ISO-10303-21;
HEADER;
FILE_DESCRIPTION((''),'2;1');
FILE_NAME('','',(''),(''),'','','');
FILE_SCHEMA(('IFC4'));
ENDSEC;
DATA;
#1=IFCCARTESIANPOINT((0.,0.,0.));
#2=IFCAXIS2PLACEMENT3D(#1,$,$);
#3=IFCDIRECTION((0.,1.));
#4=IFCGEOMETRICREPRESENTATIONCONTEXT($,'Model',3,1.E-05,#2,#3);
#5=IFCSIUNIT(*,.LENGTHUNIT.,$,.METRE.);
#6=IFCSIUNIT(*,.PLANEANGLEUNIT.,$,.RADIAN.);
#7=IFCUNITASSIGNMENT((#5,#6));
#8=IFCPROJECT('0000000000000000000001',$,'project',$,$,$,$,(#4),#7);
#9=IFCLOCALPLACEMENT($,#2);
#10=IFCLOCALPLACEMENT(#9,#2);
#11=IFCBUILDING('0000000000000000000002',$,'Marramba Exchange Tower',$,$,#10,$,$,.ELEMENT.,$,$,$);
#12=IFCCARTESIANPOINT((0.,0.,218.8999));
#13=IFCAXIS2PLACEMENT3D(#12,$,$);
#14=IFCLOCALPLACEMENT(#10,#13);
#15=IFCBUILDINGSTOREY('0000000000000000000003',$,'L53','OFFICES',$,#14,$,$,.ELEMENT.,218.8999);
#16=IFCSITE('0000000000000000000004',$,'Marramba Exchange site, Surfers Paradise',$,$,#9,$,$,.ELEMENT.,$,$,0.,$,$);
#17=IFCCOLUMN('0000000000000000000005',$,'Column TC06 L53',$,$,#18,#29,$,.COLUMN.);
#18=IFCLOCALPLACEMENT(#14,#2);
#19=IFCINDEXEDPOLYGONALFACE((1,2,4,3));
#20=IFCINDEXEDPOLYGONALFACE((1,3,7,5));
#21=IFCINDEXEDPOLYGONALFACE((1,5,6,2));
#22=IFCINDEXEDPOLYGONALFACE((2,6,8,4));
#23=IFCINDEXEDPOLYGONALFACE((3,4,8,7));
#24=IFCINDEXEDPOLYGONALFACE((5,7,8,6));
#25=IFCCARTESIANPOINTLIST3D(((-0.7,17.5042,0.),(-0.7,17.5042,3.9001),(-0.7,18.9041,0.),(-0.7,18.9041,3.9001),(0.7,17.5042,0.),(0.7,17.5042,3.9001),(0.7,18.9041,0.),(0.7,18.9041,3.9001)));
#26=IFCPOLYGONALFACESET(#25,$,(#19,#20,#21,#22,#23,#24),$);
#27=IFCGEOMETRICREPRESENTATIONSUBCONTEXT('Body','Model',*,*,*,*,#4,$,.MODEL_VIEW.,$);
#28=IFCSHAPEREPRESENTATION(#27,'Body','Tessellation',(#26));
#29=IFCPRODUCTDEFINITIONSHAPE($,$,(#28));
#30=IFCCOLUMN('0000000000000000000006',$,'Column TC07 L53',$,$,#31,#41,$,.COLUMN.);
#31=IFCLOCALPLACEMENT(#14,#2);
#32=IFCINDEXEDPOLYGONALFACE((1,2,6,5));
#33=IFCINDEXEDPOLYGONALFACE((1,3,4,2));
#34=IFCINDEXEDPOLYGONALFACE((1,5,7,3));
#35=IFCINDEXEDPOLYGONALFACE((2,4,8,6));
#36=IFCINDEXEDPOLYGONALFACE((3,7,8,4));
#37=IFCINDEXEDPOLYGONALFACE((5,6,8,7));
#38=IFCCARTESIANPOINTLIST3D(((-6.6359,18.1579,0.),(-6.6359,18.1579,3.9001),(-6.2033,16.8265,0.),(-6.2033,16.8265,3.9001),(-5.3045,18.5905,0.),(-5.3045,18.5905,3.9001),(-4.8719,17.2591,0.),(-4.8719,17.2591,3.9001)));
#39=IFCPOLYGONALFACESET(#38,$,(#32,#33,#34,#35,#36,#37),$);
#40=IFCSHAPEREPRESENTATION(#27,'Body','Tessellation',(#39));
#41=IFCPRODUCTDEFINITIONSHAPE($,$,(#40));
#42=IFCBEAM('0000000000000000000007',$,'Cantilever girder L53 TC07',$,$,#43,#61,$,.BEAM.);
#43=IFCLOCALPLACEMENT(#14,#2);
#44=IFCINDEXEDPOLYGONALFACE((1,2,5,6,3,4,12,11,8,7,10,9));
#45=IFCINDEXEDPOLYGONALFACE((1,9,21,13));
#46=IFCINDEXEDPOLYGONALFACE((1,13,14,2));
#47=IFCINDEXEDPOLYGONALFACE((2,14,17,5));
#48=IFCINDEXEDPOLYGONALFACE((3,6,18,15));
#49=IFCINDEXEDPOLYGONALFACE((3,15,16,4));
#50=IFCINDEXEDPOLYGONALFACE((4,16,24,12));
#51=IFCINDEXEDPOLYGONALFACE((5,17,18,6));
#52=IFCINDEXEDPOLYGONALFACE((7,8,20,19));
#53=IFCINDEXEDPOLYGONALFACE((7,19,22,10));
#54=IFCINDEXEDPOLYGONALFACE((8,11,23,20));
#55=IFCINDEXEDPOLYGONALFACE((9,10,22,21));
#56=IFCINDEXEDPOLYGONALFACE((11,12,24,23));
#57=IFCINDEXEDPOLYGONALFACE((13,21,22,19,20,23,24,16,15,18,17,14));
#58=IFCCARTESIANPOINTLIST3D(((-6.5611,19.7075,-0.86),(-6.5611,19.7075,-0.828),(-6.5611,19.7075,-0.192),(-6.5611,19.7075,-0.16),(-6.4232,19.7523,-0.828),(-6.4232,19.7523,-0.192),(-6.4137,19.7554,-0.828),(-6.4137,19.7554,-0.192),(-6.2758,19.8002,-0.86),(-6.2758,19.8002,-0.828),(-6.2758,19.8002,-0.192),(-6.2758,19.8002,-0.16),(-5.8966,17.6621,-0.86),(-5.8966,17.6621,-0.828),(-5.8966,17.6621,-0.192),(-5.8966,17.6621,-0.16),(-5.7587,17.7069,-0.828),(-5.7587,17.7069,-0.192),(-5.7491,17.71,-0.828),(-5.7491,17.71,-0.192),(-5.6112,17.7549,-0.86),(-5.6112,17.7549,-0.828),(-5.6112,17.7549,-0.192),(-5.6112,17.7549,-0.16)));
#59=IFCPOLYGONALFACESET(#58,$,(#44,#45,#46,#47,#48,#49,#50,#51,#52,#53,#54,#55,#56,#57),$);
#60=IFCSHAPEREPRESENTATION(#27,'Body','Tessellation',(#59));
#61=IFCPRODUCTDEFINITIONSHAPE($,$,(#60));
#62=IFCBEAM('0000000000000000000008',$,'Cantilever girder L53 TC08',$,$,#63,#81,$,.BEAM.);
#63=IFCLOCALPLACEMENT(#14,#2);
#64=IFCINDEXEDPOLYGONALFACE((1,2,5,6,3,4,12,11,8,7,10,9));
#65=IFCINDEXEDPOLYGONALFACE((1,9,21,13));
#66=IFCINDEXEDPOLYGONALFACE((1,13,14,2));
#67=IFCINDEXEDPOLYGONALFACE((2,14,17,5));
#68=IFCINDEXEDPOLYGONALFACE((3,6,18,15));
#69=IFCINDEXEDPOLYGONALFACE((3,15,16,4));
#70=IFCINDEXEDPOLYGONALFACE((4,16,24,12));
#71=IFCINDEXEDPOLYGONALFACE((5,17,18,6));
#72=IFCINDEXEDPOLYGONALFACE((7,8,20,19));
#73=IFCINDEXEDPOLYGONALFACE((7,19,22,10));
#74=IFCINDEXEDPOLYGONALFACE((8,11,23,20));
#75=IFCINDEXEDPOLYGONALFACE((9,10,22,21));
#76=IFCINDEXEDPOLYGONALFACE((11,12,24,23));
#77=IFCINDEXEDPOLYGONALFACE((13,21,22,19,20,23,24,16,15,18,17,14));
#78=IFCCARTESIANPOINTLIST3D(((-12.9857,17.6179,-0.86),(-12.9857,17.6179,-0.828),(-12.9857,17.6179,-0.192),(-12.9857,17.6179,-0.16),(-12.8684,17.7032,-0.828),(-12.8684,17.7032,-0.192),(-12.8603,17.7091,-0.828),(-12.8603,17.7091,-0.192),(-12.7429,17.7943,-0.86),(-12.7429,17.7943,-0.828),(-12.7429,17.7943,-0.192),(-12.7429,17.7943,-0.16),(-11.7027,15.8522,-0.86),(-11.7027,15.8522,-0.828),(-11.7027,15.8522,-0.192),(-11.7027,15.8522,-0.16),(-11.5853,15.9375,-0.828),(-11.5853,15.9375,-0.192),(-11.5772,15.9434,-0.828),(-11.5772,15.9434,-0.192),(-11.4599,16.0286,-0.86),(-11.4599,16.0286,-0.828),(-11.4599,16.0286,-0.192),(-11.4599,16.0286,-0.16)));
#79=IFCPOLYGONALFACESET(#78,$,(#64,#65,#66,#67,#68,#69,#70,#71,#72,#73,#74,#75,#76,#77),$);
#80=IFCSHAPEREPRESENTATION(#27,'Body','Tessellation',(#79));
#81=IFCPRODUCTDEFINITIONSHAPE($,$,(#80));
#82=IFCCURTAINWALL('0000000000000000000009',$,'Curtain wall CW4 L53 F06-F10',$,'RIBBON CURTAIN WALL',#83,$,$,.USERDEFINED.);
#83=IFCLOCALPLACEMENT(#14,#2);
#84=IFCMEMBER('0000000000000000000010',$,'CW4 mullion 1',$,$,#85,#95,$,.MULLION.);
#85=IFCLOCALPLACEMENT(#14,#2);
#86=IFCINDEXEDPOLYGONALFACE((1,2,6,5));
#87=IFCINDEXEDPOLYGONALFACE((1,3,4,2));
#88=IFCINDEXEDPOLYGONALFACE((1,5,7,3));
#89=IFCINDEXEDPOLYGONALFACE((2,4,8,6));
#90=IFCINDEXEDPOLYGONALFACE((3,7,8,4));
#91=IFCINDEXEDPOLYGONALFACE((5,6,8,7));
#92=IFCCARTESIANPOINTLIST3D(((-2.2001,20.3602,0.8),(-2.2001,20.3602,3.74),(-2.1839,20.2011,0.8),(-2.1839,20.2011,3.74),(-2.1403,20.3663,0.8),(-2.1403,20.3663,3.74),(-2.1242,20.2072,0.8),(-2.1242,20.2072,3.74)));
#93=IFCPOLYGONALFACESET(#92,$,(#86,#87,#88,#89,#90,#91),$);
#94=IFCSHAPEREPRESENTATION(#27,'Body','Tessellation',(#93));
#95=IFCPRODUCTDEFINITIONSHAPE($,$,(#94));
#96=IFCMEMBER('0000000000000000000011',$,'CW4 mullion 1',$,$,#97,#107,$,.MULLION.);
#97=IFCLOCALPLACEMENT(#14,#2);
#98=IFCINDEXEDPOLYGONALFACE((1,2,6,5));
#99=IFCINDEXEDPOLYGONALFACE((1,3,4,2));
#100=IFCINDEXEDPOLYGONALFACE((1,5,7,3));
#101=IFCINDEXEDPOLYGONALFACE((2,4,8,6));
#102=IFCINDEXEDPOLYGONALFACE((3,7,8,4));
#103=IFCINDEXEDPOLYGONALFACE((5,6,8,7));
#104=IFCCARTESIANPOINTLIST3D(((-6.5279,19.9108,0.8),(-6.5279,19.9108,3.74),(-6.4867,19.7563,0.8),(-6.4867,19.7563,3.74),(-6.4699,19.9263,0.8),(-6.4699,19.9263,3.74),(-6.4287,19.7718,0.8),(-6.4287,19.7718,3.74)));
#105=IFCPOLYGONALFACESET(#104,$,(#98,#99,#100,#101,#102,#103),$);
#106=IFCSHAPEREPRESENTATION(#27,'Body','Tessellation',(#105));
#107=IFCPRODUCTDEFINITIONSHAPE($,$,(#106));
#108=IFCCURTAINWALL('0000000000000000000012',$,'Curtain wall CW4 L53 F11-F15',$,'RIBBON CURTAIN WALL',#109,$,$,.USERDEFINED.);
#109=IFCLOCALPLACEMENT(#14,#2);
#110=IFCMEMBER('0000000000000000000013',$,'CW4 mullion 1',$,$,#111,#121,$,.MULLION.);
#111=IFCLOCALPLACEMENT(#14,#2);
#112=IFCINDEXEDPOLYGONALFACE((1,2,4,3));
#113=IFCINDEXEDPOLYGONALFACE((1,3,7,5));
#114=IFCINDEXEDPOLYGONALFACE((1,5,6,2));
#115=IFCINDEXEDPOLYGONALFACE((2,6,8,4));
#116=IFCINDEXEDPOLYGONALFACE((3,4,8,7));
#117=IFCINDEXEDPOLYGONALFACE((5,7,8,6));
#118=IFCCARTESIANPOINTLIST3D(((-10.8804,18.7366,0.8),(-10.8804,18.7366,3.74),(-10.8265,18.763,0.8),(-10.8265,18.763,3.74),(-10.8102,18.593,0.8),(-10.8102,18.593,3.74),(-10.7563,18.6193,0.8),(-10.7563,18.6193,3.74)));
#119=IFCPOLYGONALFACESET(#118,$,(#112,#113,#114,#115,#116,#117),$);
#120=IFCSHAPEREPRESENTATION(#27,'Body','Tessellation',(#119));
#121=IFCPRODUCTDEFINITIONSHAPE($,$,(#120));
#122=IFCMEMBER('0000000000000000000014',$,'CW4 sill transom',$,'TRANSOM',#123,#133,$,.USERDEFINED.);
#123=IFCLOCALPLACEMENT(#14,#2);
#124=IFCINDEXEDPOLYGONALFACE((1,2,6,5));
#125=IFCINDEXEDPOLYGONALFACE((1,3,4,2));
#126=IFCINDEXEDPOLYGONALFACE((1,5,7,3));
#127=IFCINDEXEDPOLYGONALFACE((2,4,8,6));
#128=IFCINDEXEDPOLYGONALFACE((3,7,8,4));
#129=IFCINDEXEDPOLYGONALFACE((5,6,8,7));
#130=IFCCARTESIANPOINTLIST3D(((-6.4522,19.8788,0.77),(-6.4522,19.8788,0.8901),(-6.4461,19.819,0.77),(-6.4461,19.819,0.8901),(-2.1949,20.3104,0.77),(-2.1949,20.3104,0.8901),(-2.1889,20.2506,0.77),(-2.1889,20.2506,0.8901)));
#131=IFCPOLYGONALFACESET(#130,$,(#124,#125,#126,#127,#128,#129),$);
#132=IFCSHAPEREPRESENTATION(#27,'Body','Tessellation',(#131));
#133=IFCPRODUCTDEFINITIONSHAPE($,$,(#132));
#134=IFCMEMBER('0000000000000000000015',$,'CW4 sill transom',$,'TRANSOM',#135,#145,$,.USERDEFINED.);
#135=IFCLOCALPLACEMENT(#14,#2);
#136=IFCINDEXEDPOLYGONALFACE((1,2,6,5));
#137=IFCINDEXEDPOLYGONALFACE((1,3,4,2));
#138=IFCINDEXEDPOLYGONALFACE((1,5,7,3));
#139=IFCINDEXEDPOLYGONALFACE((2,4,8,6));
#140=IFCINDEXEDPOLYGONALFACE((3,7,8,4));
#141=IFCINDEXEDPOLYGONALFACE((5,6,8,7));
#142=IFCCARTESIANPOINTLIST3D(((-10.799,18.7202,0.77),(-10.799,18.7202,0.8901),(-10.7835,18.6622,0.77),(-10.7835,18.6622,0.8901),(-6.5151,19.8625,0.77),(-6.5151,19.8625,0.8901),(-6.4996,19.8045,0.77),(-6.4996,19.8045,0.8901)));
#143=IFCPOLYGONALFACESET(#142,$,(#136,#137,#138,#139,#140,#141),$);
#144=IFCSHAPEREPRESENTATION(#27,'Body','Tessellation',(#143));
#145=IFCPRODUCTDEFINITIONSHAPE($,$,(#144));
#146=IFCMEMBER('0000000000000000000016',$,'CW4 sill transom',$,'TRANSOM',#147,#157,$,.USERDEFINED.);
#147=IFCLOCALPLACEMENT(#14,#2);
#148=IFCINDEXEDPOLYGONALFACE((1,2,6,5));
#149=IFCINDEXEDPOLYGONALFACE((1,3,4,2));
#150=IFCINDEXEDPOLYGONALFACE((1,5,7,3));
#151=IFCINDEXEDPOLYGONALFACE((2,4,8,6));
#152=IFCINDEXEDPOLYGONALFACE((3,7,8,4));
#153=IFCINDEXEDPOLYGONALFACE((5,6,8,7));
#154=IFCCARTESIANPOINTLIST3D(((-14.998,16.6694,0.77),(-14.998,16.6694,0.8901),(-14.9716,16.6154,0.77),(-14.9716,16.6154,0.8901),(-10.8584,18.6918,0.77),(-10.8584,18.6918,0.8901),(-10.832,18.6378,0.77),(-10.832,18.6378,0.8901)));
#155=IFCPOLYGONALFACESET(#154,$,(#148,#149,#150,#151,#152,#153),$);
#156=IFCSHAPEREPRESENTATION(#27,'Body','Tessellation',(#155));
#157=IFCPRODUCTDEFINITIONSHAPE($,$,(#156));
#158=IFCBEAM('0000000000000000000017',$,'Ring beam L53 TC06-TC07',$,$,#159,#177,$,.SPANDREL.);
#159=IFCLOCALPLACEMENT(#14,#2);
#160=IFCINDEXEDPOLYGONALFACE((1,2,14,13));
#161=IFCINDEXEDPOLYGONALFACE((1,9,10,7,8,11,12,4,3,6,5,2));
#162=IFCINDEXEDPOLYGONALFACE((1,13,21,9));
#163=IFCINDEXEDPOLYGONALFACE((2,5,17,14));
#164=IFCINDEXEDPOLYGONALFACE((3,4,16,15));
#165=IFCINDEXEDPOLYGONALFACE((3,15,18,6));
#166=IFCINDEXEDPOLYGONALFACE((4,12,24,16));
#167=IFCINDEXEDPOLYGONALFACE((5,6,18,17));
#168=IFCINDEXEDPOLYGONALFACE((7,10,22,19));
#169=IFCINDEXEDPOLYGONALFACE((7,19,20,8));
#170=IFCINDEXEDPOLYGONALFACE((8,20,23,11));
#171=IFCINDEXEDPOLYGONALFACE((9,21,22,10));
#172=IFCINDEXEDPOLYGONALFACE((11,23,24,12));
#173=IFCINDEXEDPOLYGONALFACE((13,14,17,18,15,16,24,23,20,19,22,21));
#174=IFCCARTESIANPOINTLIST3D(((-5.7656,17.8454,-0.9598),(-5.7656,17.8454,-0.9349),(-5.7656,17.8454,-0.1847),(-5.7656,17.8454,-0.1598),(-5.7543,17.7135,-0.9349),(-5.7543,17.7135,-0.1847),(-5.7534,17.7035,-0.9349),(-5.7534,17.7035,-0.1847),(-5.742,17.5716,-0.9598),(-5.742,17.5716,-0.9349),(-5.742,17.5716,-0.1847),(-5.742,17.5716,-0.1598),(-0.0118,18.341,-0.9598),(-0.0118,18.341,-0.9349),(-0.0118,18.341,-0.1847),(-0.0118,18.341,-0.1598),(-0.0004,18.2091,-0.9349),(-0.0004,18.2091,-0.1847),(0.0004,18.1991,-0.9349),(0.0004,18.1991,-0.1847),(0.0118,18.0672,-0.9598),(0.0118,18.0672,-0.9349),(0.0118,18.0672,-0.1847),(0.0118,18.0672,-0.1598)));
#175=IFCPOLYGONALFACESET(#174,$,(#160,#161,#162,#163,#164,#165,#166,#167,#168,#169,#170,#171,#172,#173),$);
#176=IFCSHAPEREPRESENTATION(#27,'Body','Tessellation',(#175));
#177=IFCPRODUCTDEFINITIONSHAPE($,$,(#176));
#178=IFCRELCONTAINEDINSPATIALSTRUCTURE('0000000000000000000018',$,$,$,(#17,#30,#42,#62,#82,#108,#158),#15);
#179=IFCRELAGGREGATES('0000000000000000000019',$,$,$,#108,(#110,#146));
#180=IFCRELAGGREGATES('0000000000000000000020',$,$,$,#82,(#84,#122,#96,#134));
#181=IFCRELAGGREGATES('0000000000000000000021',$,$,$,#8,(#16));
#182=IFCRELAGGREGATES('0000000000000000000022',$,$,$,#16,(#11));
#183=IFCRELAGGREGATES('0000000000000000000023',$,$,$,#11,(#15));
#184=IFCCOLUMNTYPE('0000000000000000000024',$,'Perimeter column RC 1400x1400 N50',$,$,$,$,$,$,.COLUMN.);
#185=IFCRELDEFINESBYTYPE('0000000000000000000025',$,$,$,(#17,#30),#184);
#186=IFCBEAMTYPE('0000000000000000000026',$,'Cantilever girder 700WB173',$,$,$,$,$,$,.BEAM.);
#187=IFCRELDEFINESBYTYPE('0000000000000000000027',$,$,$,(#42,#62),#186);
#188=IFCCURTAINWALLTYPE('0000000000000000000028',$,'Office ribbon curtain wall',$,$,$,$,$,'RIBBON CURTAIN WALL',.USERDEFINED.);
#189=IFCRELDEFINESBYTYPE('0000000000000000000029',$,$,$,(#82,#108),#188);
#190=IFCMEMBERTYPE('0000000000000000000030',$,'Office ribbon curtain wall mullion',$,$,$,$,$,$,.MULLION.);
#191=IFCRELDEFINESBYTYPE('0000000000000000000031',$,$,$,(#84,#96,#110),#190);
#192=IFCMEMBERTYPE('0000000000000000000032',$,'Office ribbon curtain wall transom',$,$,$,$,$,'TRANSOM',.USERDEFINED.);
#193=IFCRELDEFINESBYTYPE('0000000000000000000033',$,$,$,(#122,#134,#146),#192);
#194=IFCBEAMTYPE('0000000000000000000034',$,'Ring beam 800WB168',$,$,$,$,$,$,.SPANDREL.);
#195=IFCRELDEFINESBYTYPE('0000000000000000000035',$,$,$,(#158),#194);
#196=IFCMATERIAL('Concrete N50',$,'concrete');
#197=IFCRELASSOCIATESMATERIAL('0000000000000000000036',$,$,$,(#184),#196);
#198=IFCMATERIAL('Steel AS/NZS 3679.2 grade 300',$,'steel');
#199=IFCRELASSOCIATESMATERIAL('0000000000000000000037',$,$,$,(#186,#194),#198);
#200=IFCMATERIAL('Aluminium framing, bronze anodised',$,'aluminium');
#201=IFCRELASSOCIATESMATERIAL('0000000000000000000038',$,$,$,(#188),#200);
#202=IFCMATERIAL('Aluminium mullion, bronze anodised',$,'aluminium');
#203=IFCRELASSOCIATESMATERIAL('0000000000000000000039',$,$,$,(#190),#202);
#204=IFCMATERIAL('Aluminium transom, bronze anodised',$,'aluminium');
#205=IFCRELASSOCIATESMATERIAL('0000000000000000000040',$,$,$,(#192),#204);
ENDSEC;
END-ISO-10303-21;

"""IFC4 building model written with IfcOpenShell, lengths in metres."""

from ifc_helpers import new_model, si_unit, direction, frame, origin, origin_2d, place, context, subcontext, project, spatial, rectangle, i_section, extrude, material, material_profile, profile_set, type_object, element, aggregate, save


model = new_model("IFC4")

# Units and contexts
model_context = context("Model", 3, precision=1e-05, world=origin(), true_north=direction((0.0, 1.0)))
body_context = subcontext(model_context, "Body", "Model", "MODEL_VIEW")
ifc_project = project(units=[si_unit("LENGTHUNIT", "METRE"), si_unit("PLANEANGLEUNIT", "RADIAN")], contexts=[model_context])

# Site, building, storey
site_placement = place(None, origin())
site = spatial("IfcSite", under=ifc_project, at=site_placement, Name="Marramba Exchange site, Surfers Paradise", CompositionType="ELEMENT", RefElevation=0.0)
building_placement = place(site_placement, origin())
building = spatial("IfcBuilding", under=site, at=building_placement, Name="Marramba Exchange Tower", CompositionType="ELEMENT")
storey_placement = place(building_placement, frame((0.0, 0.0, 218.8999)))
storey = spatial("IfcBuildingStorey", under=building, at=storey_placement, Name="L53", Description="OFFICES", CompositionType="ELEMENT", Elevation=218.8999)

# Columns
ifc_material_1 = material(Name="Concrete N50", Category="concrete")
ifc_material_profile_1 = material_profile(ifc_material_1, rectangle(XDim=1.3999, YDim=1.3999, at=origin_2d()), Name="RC 1400x1400")
ifc_profile_set_1 = profile_set([ifc_material_profile_1], Name="Concrete N50")
column_type = type_object("IfcColumnType", Name="Perimeter column RC 1400x1400 N50", PredefinedType="COLUMN", material=ifc_profile_set_1)
for number, where, z_axis, x_axis, name in (
    (1, (0.0, 18.2041, 0.0), (0.0, 0.0, 1.0), (0.0, 1.0, 0.0), "Column TC06 L53"),
    (2, (-5.7539, 17.7085, 0.0), (0.0, 0.0, 1.0), (-0.309017, 0.951057, 0.0), "Column TC07 L53"),
):
    element("IfcColumn", number, at=place(storey_placement, frame(where, z_axis=z_axis, x_axis=x_axis)), inside=storey, type_object=column_type, Name=name, PredefinedType="COLUMN", context=body_context, shape_type="SweptSolid", body=[
        extrude(rectangle(XDim=1.3999, YDim=1.3999, at=origin_2d()), origin(), (0.0, 0.0, 1.0), 3.9001),
    ])

# Beams
ifc_material_2 = material(Name="Steel AS/NZS 3679.2 grade 300", Category="steel")
ifc_material_profile_2 = material_profile(ifc_material_2, i_section(OverallWidth=0.3, OverallDepth=0.7, WebThickness=0.01, FlangeThickness=0.032, at=origin_2d()), Name="700WB173")
ifc_profile_set_2 = profile_set([ifc_material_profile_2], Name="Steel AS/NZS 3679.2 grade 300")
beam_type_1 = type_object("IfcBeamType", Name="Cantilever girder 700WB173", PredefinedType="BEAM", material=ifc_profile_set_2)
beam_1_placement = place(storey_placement, frame((-5.7539, 17.7085, -0.51), z_axis=(-0.308999, 0.951062, 0.0), x_axis=(-0.951062, -0.308999, 0.0)))
element("IfcBeam", 3, at=beam_1_placement, inside=storey, type_object=beam_type_1, Name="Cantilever girder L53 TC07", PredefinedType="BEAM", context=body_context, shape_type="SweptSolid", body=[
    extrude(i_section(OverallWidth=0.3, OverallDepth=0.7, WebThickness=0.01, FlangeThickness=0.032, at=origin_2d()), origin(), (0.0, 0.0, 1.0), 2.1506),
])
beam_2_placement = place(storey_placement, frame((-11.5813, 15.9404, -0.51), z_axis=(-0.587832, 0.808983, 0.0), x_axis=(-0.808983, -0.587832, 0.0)))
element("IfcBeam", 4, at=beam_2_placement, inside=storey, type_object=beam_type_1, Name="Cantilever girder L53 TC08", PredefinedType="BEAM", context=body_context, shape_type="SweptSolid", body=[
    extrude(i_section(OverallWidth=0.3, OverallDepth=0.7, WebThickness=0.01, FlangeThickness=0.032, at=origin_2d()), origin(), (0.0, 0.0, 1.0), 2.1826),
])

# Curtain wall, members
ifc_material_3 = material(Name="Aluminium framing, bronze anodised", Category="aluminium")
curtain_wall_type = type_object("IfcCurtainWallType", Name="Office ribbon curtain wall", ElementType="RIBBON CURTAIN WALL", PredefinedType="USERDEFINED", material=ifc_material_3)
curtain_wall_1_placement = place(storey_placement, origin())
curtain_wall_1 = element("IfcCurtainWall", 5, at=curtain_wall_1_placement, inside=storey, type_object=curtain_wall_type, Name="Curtain wall CW4 L53 F06-F10", ObjectType="RIBBON CURTAIN WALL", PredefinedType="USERDEFINED")
ifc_material_4 = material(Name="Aluminium mullion, bronze anodised", Category="aluminium")
ifc_material_profile_3 = material_profile(ifc_material_4, rectangle(XDim=0.1599, YDim=0.0601, at=origin_2d()), Name="CW4 mullion 60x160")
ifc_profile_set_3 = profile_set([ifc_material_profile_3], Name="Aluminium mullion, bronze anodised")
member_type_1 = type_object("IfcMemberType", Name="Office ribbon curtain wall mullion", PredefinedType="MULLION", material=ifc_profile_set_3)
member_1_placement = place(storey_placement, frame((-2.1621, 20.2837, 0.8), z_axis=(0.0, 0.0, 1.0), x_axis=(0.100863, -0.9949, 0.0)))
member_1 = element("IfcMember", 6, at=member_1_placement, type_object=member_type_1, Name="CW4 mullion 1", PredefinedType="MULLION", context=body_context, shape_type="SweptSolid", body=[
    extrude(rectangle(XDim=0.1599, YDim=0.0601, at=origin_2d()), origin(), (0.0, 0.0, 1.0), 2.9399),
])
member_2_placement = place(storey_placement, frame((-6.4783, 19.8413, 0.8), z_axis=(0.0, 0.0, 1.0), x_axis=(0.257641, -0.966241, 0.0)))
member_2 = element("IfcMember", 7, at=member_2_placement, type_object=member_type_1, Name="CW4 mullion 1", PredefinedType="MULLION", context=body_context, shape_type="SweptSolid", body=[
    extrude(rectangle(XDim=0.1599, YDim=0.0601, at=origin_2d()), origin(), (0.0, 0.0, 1.0), 2.9399),
])

# Curtain wall, member
curtain_wall_2_placement = place(storey_placement, origin())
curtain_wall_2 = element("IfcCurtainWall", 8, at=curtain_wall_2_placement, inside=storey, type_object=curtain_wall_type, Name="Curtain wall CW4 L53 F11-F15", ObjectType="RIBBON CURTAIN WALL", PredefinedType="USERDEFINED")
member_3_placement = place(storey_placement, frame((-10.8184, 18.678, 0.8), z_axis=(0.0, 0.0, 1.0), x_axis=(0.438972, -0.898501, 0.0)))
member_3 = element("IfcMember", 9, at=member_3_placement, type_object=member_type_1, Name="CW4 mullion 1", PredefinedType="MULLION", context=body_context, shape_type="SweptSolid", body=[
    extrude(rectangle(XDim=0.1599, YDim=0.0601, at=origin_2d()), origin(), (0.0, 0.0, 1.0), 2.9399),
])

# Members
ifc_material_5 = material(Name="Aluminium transom, bronze anodised", Category="aluminium")
ifc_material_profile_4 = material_profile(ifc_material_5, rectangle(XDim=0.0601, YDim=0.1201, at=origin_2d()), Name="CW4 transom 60x120")
ifc_profile_set_4 = profile_set([ifc_material_profile_4], Name="Aluminium transom, bronze anodised")
member_type_2 = type_object("IfcMemberType", Name="Office ribbon curtain wall transom", ElementType="TRANSOM", PredefinedType="USERDEFINED", material=ifc_profile_set_4)
member_4_placement = place(storey_placement, frame((-2.1919, 20.2805, 0.8301), z_axis=(-0.9949, -0.100871, 0.0), x_axis=(0.100871, -0.9949, 0.0)))
member_4 = element("IfcMember", 10, at=member_4_placement, type_object=member_type_2, Name="CW4 sill transom", ObjectType="TRANSOM", PredefinedType="USERDEFINED", context=body_context, shape_type="SweptSolid", body=[
    extrude(rectangle(XDim=0.0601, YDim=0.1201, at=origin_2d()), origin(), (0.0, 0.0, 1.0), 4.2791),
])
member_5_placement = place(storey_placement, frame((-6.5073, 19.8335, 0.8301), z_axis=(-0.966238, -0.257652, 0.0), x_axis=(0.257652, -0.966238, 0.0)))
member_5 = element("IfcMember", 11, at=member_5_placement, type_object=member_type_2, Name="CW4 sill transom", ObjectType="TRANSOM", PredefinedType="USERDEFINED", context=body_context, shape_type="SweptSolid", body=[
    extrude(rectangle(XDim=0.0601, YDim=0.1201, at=origin_2d()), origin(), (0.0, 0.0, 1.0), 4.4336),
])
member_6_placement = place(storey_placement, frame((-10.8452, 18.6648, 0.8301), z_axis=(-0.898501, -0.438971, 0.0), x_axis=(0.438971, -0.898501, 0.0)))
member_6 = element("IfcMember", 12, at=member_6_placement, type_object=member_type_2, Name="CW4 sill transom", ObjectType="TRANSOM", PredefinedType="USERDEFINED", context=body_context, shape_type="SweptSolid", body=[
    extrude(rectangle(XDim=0.0601, YDim=0.1201, at=origin_2d()), origin(), (0.0, 0.0, 1.0), 4.6072),
])
aggregate(curtain_wall_2, [member_3, member_6])

# Beam
ifc_material_profile_5 = material_profile(ifc_material_2, i_section(OverallWidth=0.2749, OverallDepth=0.8, WebThickness=0.01, FlangeThickness=0.0249, at=origin_2d()), Name="800WB168")
ifc_profile_set_5 = profile_set([ifc_material_profile_5], Name="Steel AS/NZS 3679.2 grade 300")
beam_type_2 = type_object("IfcBeamType", Name="Ring beam 800WB168", PredefinedType="SPANDREL", material=ifc_profile_set_5)
beam_3_placement = place(storey_placement, frame((0.0, 18.2041, -0.5598), z_axis=(-0.996311, -0.085816, 0.0), x_axis=(0.085816, -0.996311, 0.0)))
element("IfcBeam", 13, at=beam_3_placement, inside=storey, type_object=beam_type_2, Name="Ring beam L53 TC06-TC07", PredefinedType="SPANDREL", context=body_context, shape_type="SweptSolid", body=[
    extrude(i_section(OverallWidth=0.2749, OverallDepth=0.8, WebThickness=0.01, FlangeThickness=0.0249, at=origin_2d()), origin(), (0.0, 0.0, 1.0), 5.7751),
])

aggregate(curtain_wall_1, [member_1, member_4, member_2, member_5])

save(model, "model.ifc")
